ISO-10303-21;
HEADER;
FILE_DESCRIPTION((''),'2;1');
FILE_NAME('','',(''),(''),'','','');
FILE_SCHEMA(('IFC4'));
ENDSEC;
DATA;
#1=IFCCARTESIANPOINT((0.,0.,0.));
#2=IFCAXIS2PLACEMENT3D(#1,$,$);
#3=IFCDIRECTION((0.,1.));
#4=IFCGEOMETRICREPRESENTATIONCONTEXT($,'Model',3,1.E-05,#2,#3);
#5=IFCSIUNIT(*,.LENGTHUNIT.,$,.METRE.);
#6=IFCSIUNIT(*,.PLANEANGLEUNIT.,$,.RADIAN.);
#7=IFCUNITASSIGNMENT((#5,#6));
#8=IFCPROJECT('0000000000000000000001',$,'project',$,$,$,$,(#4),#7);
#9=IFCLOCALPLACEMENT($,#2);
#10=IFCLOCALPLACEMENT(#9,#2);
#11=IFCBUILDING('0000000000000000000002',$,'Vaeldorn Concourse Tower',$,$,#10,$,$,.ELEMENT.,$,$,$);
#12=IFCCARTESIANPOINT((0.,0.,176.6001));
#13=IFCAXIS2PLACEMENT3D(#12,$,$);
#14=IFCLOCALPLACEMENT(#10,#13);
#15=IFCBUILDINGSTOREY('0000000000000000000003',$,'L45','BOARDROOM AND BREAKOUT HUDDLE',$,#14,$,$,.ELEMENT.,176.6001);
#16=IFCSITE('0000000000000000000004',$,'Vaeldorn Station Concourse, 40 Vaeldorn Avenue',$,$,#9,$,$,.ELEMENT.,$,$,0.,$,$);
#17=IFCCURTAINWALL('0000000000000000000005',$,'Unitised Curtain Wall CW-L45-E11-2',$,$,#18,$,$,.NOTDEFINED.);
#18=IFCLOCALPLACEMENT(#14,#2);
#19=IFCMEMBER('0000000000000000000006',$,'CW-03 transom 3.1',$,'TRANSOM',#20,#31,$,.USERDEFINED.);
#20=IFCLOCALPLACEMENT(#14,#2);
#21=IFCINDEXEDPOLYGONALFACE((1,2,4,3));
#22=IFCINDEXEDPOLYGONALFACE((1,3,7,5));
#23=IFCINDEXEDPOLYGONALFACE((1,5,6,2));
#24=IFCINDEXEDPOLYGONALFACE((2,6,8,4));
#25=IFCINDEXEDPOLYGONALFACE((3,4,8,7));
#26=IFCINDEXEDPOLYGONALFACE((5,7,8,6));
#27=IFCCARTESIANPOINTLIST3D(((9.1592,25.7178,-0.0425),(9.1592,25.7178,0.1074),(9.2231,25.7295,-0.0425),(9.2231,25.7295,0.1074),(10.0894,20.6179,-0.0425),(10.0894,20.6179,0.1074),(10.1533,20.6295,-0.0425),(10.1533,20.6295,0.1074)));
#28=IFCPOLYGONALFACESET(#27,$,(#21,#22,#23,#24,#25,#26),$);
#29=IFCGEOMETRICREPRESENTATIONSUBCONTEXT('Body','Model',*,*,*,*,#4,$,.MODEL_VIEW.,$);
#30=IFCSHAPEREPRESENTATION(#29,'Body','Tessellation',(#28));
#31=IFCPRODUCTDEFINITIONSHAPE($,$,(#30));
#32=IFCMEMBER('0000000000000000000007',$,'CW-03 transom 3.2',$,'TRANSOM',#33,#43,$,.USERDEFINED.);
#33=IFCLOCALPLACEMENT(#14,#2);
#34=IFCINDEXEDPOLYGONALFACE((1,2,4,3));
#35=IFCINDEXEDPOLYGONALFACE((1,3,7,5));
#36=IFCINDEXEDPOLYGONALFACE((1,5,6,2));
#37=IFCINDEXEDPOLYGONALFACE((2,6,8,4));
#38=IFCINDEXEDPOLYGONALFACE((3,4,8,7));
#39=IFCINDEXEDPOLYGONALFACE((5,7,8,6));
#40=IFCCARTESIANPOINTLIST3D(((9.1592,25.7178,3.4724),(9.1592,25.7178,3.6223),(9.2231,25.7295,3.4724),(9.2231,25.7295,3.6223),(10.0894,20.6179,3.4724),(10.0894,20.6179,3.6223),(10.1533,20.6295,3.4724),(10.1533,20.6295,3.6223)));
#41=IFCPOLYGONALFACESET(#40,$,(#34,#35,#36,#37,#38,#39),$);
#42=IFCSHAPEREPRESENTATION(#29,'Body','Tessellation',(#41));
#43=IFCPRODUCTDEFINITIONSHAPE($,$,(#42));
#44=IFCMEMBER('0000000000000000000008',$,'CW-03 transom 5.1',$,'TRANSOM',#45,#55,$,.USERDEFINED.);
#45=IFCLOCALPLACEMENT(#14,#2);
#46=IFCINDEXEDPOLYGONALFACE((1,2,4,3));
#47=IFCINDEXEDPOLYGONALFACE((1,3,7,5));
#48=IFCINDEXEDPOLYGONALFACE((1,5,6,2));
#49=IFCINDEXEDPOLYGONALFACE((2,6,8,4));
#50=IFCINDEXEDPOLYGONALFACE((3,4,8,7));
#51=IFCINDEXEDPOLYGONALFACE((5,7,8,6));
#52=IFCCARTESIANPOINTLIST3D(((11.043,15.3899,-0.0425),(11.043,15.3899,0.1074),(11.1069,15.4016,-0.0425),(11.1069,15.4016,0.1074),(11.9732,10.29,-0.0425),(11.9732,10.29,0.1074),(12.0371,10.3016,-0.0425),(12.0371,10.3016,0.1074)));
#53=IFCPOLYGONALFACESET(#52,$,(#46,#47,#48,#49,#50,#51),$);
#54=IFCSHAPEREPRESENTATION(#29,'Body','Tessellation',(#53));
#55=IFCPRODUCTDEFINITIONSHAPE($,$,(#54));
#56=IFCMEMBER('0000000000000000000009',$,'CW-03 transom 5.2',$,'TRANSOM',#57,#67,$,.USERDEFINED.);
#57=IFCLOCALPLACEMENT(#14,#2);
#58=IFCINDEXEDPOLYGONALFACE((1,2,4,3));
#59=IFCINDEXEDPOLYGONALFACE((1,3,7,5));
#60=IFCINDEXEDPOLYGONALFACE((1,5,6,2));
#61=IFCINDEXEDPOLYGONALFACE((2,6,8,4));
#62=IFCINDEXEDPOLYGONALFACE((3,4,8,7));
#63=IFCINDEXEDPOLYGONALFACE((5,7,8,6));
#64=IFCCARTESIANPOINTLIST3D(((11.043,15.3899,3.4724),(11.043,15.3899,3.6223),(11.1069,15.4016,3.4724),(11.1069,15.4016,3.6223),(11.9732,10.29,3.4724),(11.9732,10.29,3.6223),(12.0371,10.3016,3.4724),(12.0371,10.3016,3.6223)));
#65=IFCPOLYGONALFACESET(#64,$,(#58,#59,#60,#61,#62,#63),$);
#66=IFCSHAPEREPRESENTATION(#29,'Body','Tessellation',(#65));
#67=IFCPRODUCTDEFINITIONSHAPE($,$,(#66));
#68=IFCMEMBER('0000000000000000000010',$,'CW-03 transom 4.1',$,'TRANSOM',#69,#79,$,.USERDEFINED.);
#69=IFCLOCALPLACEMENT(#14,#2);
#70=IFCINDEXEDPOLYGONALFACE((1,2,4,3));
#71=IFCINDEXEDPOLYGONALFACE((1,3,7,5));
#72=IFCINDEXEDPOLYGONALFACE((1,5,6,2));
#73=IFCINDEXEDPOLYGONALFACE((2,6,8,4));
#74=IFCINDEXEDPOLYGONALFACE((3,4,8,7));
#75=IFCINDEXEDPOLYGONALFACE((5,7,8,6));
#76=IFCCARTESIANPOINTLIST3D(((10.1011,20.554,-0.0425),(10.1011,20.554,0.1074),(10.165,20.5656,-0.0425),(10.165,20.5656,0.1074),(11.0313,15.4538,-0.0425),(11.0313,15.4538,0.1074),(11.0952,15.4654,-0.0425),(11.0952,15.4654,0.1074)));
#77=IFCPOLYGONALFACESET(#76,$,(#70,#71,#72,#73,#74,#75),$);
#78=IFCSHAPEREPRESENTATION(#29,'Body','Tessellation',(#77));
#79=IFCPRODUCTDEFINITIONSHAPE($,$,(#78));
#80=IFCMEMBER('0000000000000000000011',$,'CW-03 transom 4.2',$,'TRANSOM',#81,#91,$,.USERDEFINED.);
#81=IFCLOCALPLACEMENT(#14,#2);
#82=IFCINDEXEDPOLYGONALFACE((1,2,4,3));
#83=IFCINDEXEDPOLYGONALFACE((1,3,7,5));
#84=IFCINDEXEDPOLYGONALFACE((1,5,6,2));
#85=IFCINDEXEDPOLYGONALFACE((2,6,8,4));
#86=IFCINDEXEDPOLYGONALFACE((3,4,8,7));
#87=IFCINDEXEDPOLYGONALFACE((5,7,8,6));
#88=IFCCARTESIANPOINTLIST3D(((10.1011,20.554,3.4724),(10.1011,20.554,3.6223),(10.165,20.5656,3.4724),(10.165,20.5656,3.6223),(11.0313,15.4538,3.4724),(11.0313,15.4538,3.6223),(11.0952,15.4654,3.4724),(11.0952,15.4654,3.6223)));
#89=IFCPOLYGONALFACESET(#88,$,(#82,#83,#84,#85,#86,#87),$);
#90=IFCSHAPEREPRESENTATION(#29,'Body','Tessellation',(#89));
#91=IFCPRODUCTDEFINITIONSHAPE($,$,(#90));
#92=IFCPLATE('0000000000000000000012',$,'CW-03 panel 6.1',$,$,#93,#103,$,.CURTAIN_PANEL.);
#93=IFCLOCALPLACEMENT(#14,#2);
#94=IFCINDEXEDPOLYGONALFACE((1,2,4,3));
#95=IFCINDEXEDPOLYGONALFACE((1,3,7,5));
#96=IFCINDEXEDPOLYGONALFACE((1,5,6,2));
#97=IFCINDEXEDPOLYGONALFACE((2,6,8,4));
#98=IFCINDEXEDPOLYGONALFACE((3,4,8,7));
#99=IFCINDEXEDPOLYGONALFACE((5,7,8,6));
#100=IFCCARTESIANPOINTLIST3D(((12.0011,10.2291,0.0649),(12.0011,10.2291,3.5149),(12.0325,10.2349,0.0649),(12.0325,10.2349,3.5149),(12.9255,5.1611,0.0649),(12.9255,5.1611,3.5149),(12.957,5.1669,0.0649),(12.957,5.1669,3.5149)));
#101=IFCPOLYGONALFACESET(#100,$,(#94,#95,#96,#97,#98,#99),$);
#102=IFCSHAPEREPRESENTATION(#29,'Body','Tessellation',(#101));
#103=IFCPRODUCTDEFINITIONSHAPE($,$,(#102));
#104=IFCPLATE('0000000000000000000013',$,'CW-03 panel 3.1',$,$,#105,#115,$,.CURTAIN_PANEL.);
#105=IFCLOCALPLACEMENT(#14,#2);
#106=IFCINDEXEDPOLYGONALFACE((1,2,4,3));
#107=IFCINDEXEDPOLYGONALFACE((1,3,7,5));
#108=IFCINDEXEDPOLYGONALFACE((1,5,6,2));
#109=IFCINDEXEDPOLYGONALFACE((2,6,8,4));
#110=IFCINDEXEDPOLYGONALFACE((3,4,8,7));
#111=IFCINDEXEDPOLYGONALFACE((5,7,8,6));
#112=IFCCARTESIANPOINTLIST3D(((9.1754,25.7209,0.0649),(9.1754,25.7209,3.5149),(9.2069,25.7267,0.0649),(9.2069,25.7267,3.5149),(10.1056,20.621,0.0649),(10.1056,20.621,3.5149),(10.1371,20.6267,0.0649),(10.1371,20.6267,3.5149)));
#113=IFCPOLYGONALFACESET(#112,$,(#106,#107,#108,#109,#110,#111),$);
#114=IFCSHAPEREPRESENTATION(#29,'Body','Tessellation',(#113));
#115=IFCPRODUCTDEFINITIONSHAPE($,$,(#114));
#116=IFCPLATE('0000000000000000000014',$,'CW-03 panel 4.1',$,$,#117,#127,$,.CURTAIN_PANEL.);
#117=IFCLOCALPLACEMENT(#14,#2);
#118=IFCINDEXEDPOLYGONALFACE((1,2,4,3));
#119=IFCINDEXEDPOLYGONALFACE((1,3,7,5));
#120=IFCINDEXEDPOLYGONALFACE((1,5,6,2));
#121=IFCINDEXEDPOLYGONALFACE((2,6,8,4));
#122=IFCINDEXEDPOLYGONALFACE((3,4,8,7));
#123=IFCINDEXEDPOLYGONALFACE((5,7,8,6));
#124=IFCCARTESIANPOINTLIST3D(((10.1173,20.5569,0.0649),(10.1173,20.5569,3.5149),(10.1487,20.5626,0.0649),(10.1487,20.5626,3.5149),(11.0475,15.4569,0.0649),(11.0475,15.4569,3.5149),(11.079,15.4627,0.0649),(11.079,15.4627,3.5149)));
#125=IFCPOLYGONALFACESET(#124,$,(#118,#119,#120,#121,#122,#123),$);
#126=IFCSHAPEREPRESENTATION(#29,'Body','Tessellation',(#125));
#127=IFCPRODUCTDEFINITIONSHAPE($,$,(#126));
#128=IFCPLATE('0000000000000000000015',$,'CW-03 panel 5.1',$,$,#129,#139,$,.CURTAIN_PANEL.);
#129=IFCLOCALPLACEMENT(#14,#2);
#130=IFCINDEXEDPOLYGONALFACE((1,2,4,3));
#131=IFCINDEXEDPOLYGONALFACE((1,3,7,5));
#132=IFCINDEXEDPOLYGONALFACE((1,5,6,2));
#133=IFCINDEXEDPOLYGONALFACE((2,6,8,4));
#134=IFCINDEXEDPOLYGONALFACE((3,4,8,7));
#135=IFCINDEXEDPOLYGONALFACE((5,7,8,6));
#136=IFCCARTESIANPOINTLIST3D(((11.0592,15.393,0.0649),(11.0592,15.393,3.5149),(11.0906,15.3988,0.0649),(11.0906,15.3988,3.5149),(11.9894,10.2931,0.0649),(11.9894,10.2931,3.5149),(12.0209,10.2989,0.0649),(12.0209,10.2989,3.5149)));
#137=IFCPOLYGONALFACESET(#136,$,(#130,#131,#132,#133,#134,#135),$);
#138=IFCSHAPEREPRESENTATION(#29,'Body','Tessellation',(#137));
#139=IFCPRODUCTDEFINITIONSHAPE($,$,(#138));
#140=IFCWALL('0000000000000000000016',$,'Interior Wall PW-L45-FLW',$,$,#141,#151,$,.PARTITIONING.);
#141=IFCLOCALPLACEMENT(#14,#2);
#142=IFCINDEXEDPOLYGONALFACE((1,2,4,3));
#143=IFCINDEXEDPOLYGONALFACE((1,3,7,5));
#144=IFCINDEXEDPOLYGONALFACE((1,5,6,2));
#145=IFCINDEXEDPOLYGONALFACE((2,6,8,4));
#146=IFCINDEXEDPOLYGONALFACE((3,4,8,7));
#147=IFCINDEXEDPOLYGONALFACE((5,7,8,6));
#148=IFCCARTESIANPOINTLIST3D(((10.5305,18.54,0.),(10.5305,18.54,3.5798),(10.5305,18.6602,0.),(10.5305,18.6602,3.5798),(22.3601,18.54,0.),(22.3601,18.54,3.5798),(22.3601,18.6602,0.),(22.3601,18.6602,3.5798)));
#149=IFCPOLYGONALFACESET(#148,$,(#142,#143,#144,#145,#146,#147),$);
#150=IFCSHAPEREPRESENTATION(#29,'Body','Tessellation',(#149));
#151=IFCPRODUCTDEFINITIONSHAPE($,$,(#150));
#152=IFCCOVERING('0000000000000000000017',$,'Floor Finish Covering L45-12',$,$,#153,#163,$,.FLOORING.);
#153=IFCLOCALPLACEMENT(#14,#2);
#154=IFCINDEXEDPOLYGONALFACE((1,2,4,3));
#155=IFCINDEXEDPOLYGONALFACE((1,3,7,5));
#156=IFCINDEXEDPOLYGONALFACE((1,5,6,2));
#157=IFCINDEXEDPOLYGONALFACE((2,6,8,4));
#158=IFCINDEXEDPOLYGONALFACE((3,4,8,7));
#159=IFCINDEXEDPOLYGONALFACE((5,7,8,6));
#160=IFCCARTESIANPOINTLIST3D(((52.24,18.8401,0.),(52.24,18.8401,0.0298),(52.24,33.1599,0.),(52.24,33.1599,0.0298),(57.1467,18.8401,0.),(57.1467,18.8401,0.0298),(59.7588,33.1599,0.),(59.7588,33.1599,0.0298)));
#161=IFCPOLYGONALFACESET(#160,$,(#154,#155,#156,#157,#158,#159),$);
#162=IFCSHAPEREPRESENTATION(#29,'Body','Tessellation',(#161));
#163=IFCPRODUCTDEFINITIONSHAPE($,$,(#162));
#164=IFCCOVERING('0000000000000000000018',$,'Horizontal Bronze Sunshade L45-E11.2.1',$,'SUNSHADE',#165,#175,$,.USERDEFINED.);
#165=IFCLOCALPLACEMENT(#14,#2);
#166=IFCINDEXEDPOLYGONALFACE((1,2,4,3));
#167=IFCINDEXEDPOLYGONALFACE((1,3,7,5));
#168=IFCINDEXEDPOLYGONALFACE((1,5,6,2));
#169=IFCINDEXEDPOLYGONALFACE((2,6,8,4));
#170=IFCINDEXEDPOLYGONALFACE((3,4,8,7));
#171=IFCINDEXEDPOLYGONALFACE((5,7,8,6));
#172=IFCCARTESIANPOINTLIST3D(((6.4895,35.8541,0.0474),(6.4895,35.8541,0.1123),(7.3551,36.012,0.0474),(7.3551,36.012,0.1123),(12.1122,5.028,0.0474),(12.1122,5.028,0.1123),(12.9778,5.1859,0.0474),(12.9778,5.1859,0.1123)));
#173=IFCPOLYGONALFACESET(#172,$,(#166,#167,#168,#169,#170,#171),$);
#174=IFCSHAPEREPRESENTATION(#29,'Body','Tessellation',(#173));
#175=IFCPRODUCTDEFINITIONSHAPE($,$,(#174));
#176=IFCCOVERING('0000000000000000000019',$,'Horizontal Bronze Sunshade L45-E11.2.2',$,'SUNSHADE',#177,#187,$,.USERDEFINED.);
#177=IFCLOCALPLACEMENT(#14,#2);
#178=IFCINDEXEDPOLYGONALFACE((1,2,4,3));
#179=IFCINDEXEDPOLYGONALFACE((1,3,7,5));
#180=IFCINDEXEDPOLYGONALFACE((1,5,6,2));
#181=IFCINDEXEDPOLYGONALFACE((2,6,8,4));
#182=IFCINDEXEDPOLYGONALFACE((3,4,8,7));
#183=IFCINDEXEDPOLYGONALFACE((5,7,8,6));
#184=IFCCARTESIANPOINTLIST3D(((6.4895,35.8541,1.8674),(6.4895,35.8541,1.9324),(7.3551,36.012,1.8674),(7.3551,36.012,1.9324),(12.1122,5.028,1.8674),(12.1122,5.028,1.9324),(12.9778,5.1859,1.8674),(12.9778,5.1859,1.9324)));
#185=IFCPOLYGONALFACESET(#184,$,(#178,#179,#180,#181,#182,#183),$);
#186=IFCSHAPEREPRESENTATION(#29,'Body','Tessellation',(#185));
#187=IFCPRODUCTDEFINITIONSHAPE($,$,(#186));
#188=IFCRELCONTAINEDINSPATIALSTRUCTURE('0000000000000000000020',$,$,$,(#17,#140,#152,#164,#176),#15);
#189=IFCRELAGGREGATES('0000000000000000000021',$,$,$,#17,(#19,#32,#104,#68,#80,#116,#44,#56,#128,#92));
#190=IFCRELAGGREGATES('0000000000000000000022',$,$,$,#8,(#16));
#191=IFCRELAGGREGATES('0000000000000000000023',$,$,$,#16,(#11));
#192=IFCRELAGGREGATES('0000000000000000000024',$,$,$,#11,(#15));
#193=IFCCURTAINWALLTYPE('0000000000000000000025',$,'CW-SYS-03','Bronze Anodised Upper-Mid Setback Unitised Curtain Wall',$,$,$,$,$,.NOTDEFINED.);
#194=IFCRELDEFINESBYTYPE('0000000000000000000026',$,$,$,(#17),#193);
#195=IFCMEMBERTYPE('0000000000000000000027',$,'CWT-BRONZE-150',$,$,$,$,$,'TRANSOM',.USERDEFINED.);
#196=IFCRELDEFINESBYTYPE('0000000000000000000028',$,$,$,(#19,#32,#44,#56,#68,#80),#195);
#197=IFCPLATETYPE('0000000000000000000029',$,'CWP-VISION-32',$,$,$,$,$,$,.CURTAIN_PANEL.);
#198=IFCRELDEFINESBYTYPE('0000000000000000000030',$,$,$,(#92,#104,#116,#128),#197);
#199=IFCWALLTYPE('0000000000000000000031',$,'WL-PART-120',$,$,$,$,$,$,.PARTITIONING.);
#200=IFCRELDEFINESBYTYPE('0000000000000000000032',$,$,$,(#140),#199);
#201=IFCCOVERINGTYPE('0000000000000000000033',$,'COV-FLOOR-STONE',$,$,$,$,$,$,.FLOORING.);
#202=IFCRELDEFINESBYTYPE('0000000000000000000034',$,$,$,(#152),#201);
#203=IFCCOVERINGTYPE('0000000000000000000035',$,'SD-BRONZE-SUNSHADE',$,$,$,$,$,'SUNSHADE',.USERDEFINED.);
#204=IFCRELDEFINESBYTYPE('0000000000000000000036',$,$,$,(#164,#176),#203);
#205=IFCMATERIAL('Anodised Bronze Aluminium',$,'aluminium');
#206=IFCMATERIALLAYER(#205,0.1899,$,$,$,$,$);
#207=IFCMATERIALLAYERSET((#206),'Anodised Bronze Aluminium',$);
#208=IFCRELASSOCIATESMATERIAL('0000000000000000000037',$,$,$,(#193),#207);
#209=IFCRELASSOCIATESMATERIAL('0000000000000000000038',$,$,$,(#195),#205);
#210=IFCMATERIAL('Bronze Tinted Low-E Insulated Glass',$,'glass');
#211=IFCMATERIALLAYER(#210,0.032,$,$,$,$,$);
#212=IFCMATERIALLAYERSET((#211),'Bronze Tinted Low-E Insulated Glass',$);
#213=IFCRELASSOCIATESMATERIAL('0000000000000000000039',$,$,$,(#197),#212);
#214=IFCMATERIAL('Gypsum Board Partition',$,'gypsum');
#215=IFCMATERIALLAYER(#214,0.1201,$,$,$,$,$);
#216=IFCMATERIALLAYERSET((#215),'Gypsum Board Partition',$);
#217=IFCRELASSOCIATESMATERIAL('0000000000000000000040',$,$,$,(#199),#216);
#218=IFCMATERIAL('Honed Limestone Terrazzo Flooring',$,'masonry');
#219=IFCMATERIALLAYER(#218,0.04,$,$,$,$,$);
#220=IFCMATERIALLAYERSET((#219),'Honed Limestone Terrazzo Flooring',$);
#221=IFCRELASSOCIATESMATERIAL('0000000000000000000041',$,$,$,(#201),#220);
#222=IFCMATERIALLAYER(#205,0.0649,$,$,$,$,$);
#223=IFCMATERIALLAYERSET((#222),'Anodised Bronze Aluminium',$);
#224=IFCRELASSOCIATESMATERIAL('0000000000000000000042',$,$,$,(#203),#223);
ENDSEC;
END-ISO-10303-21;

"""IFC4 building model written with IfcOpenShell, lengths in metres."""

from ifc_helpers import new_model, si_unit, direction, frame, frame_2d, origin, origin_2d, place, context, subcontext, project, spatial, polyline, rectangle, outline, extrude, source, transform, mapped, material, layer, layer_set, material_profile, profile_set, type_object, element, aggregate, save


model = new_model("IFC4")

# Units and contexts
model_context = context("Model", 3, precision=1e-05, world=origin(), true_north=direction((0.0, 1.0)))
body_context = subcontext(model_context, "Body", "Model", "MODEL_VIEW")
ifc_project = project(units=[si_unit("LENGTHUNIT", "METRE"), si_unit("PLANEANGLEUNIT", "RADIAN")], contexts=[model_context])

# Site, building, storey
site_placement = place(None, origin())
site = spatial("IfcSite", under=ifc_project, at=site_placement, Name="Vaeldorn Station Concourse, 40 Vaeldorn Avenue", CompositionType="ELEMENT", RefElevation=0.0)
building_placement = place(site_placement, origin())
building = spatial("IfcBuilding", under=site, at=building_placement, Name="Vaeldorn Concourse Tower", CompositionType="ELEMENT")
storey_placement = place(building_placement, frame((0.0, 0.0, 176.6001)))
storey = spatial("IfcBuildingStorey", under=building, at=storey_placement, Name="L45", Description="BOARDROOM AND BREAKOUT HUDDLE", CompositionType="ELEMENT", Elevation=176.6001)

# Curtain wall, members, plates
ifc_material_1 = material(Name="Anodised Bronze Aluminium", Category="aluminium")
ifc_layer_1 = layer(ifc_material_1, 0.1899)
ifc_layer_set_1 = layer_set([ifc_layer_1], Name="Anodised Bronze Aluminium")
curtain_wall_type = type_object("IfcCurtainWallType", Name="CW-SYS-03", Description="Bronze Anodised Upper-Mid Setback Unitised Curtain Wall", PredefinedType="NOTDEFINED", material=ifc_layer_set_1)
curtain_wall_placement = place(storey_placement, origin())
curtain_wall = element("IfcCurtainWall", 1, at=curtain_wall_placement, inside=storey, type_object=curtain_wall_type, Name="Unitised Curtain Wall CW-L45-E11-2", PredefinedType="NOTDEFINED")
ifc_material_profile_1 = material_profile(ifc_material_1, rectangle(XDim=0.0649, YDim=0.1499, at=origin_2d()), Name="CWT 65x150")
ifc_profile_set_1 = profile_set([ifc_material_profile_1], Name="Anodised Bronze Aluminium")
member_type_1 = type_object("IfcMemberType", Name="CWT-BRONZE-150", ElementType="TRANSOM", PredefinedType="USERDEFINED", material=ifc_profile_set_1)
shared_shape_1 = source(origin(), body_context, "Body", "SweptSolid", [
    extrude(rectangle(XDim=0.0649, YDim=0.1499, at=origin_2d()), origin(), (0.0, 0.0, 1.0), 5.1841),
])
member_1_placement = place(storey_placement, frame((9.1912, 25.7236, 0.0325), z_axis=(0.179432, -0.98377, 0.0), x_axis=(0.98377, 0.179432, 0.0)))
member_1 = element("IfcMember", 2, at=member_1_placement, type_object=member_type_1, Name="CW-03 transom 3.1", ObjectType="TRANSOM", PredefinedType="USERDEFINED", context=body_context, shape_type="MappedRepresentation", body=[
    mapped(shared_shape_1, transform((0.0, 0.0, 0.0), scale=1.0)),
])
member_2_placement = place(storey_placement, frame((9.1912, 25.7236, 3.5474), z_axis=(0.179432, -0.98377, 0.0), x_axis=(0.98377, 0.179432, 0.0)))
member_2 = element("IfcMember", 3, at=member_2_placement, type_object=member_type_1, Name="CW-03 transom 3.2", ObjectType="TRANSOM", PredefinedType="USERDEFINED", context=body_context, shape_type="MappedRepresentation", body=[
    mapped(shared_shape_1, transform((0.0, 0.0, 0.0), scale=1.0)),
])
member_3_placement = place(storey_placement, frame((11.075, 15.3958, 0.0325), z_axis=(0.179432, -0.98377, 0.0), x_axis=(0.98377, 0.179432, 0.0)))
member_3 = element("IfcMember", 4, at=member_3_placement, type_object=member_type_1, Name="CW-03 transom 5.1", ObjectType="TRANSOM", PredefinedType="USERDEFINED", context=body_context, shape_type="MappedRepresentation", body=[
    mapped(shared_shape_1, transform((0.0, 0.0, 0.0), scale=1.0)),
])
member_4_placement = place(storey_placement, frame((11.075, 15.3958, 3.5474), z_axis=(0.179432, -0.98377, 0.0), x_axis=(0.98377, 0.179432, 0.0)))
member_4 = element("IfcMember", 5, at=member_4_placement, type_object=member_type_1, Name="CW-03 transom 5.2", ObjectType="TRANSOM", PredefinedType="USERDEFINED", context=body_context, shape_type="MappedRepresentation", body=[
    mapped(shared_shape_1, transform((0.0, 0.0, 0.0), scale=1.0)),
])
shared_shape_2 = source(origin(), body_context, "Body", "SweptSolid", [
    extrude(rectangle(XDim=0.0649, YDim=0.1499, at=origin_2d()), origin(), (0.0, 0.0, 1.0), 5.1843),
])
member_5_placement = place(storey_placement, frame((10.1331, 20.5598, 0.0325), z_axis=(0.179424, -0.983772, 0.0), x_axis=(0.983772, 0.179424, 0.0)))
member_5 = element("IfcMember", 6, at=member_5_placement, type_object=member_type_1, Name="CW-03 transom 4.1", ObjectType="TRANSOM", PredefinedType="USERDEFINED", context=body_context, shape_type="MappedRepresentation", body=[
    mapped(shared_shape_2, transform((0.0, 0.0, 0.0), scale=1.0)),
])
member_6_placement = place(storey_placement, frame((10.1331, 20.5598, 3.5474), z_axis=(0.179424, -0.983772, 0.0), x_axis=(0.983772, 0.179424, 0.0)))
member_6 = element("IfcMember", 7, at=member_6_placement, type_object=member_type_1, Name="CW-03 transom 4.2", ObjectType="TRANSOM", PredefinedType="USERDEFINED", context=body_context, shape_type="MappedRepresentation", body=[
    mapped(shared_shape_2, transform((0.0, 0.0, 0.0), scale=1.0)),
])
ifc_material_2 = material(Name="Bronze Tinted Low-E Insulated Glass", Category="glass")
ifc_layer_2 = layer(ifc_material_2, 0.032)
ifc_layer_set_2 = layer_set([ifc_layer_2], Name="Bronze Tinted Low-E Insulated Glass")
plate_type = type_object("IfcPlateType", Name="CWP-VISION-32", PredefinedType="CURTAIN_PANEL", material=ifc_layer_set_2)
shared_shape_3 = source(origin(), body_context, "Body", "SweptSolid", [
    extrude(rectangle(XDim=5.1516, YDim=0.032, at=origin_2d()), origin(), (0.0, 0.0, 1.0), 3.45),
])
plate_1_placement = place(storey_placement, frame((12.479, 7.698, 0.0649), z_axis=(0.0, 0.0, 1.0), x_axis=(0.179446, -0.983768, 0.0)))
plate_1 = element("IfcPlate", 8, at=plate_1_placement, type_object=plate_type, Name="CW-03 panel 6.1", PredefinedType="CURTAIN_PANEL", context=body_context, shape_type="MappedRepresentation", body=[
    mapped(shared_shape_3, transform((0.0, 0.0, 0.0), scale=1.0)),
])
shared_shape_4 = source(origin(), body_context, "Body", "SweptSolid", [
    extrude(rectangle(XDim=5.1841, YDim=0.032, at=origin_2d()), origin(), (0.0, 0.0, 1.0), 3.45),
])
plate_2_placement = place(storey_placement, frame((9.6562, 23.1738, 0.0649), z_axis=(0.0, 0.0, 1.0), x_axis=(0.179446, -0.983768, 0.0)))
plate_2 = element("IfcPlate", 9, at=plate_2_placement, type_object=plate_type, Name="CW-03 panel 3.1", PredefinedType="CURTAIN_PANEL", context=body_context, shape_type="MappedRepresentation", body=[
    mapped(shared_shape_4, transform((0.0, 0.0, 0.0), scale=1.0)),
])
plate_3_placement = place(storey_placement, frame((10.5981, 18.0098, 0.0649), z_axis=(0.0, 0.0, 1.0), x_axis=(0.179446, -0.983768, 0.0)))
plate_3 = element("IfcPlate", 10, at=plate_3_placement, type_object=plate_type, Name="CW-03 panel 4.1", PredefinedType="CURTAIN_PANEL", context=body_context, shape_type="MappedRepresentation", body=[
    mapped(shared_shape_4, transform((0.0, 0.0, 0.0), scale=1.0)),
])
plate_4_placement = place(storey_placement, frame((11.54, 12.8459, 0.0649), z_axis=(0.0, 0.0, 1.0), x_axis=(0.179446, -0.983768, 0.0)))
plate_4 = element("IfcPlate", 11, at=plate_4_placement, type_object=plate_type, Name="CW-03 panel 5.1", PredefinedType="CURTAIN_PANEL", context=body_context, shape_type="MappedRepresentation", body=[
    mapped(shared_shape_4, transform((0.0, 0.0, 0.0), scale=1.0)),
])
aggregate(curtain_wall, [member_1, member_2, plate_2, member_5, member_6, plate_3, member_3, member_4, plate_4, plate_1])

# Wall
ifc_material_3 = material(Name="Gypsum Board Partition", Category="gypsum")
ifc_layer_3 = layer(ifc_material_3, 0.1201)
ifc_layer_set_3 = layer_set([ifc_layer_3], Name="Gypsum Board Partition")
wall_type = type_object("IfcWallType", Name="WL-PART-120", PredefinedType="PARTITIONING", material=ifc_layer_set_3)
wall_placement = place(storey_placement, frame((10.5305, 18.6001, 0.0), z_axis=(0.0, 0.0, 1.0), x_axis=(1.0, 0.0, 0.0)))
element("IfcWall", 12, at=wall_placement, inside=storey, type_object=wall_type, Name="Interior Wall PW-L45-FLW", PredefinedType="PARTITIONING", context=body_context, shape_type="SweptSolid", body=[
    extrude(rectangle(XDim=11.8296, YDim=0.1201, at=frame_2d((5.9148, 0.0))), origin(), (0.0, 0.0, 1.0), 3.5798),
])

# Coverings
ifc_material_4 = material(Name="Honed Limestone Terrazzo Flooring", Category="masonry")
ifc_layer_4 = layer(ifc_material_4, 0.04)
ifc_layer_set_4 = layer_set([ifc_layer_4], Name="Honed Limestone Terrazzo Flooring")
covering_type_1 = type_object("IfcCoveringType", Name="COV-FLOOR-STONE", PredefinedType="FLOORING", material=ifc_layer_set_4)
covering_placement = place(storey_placement, origin())
element("IfcCovering", 13, at=covering_placement, inside=storey, type_object=covering_type_1, Name="Floor Finish Covering L45-12", PredefinedType="FLOORING", context=body_context, shape_type="SweptSolid", body=[
    extrude(outline(polyline([(52.24, 18.8401), (52.24, 33.1599), (59.7588, 33.1599), (57.1467, 18.8401), (52.24, 18.8401)])), origin(), (0.0, 0.0, 1.0), 0.0298),
])
ifc_layer_5 = layer(ifc_material_1, 0.0649)
ifc_layer_set_5 = layer_set([ifc_layer_5], Name="Anodised Bronze Aluminium")
covering_type_2 = type_object("IfcCoveringType", Name="SD-BRONZE-SUNSHADE", ElementType="SUNSHADE", PredefinedType="USERDEFINED", material=ifc_layer_set_5)
shared_shape_5 = source(origin(), body_context, "Body", "SweptSolid", [
    extrude(rectangle(XDim=31.3347, YDim=0.8799, at=origin_2d()), origin(), (0.0, 0.0, 1.0), 0.0649),
])
for number, where, z_axis, x_axis, name in (
    (14, (9.7336, 20.52, 0.0474), (0.0, 0.0, 1.0), (0.179438, -0.983769, 0.0), "Horizontal Bronze Sunshade L45-E11.2.1"),
    (15, (9.7336, 20.52, 1.8674), (0.0, 0.0, 1.0), (0.179438, -0.983769, 0.0), "Horizontal Bronze Sunshade L45-E11.2.2"),
):
    element("IfcCovering", number, at=place(storey_placement, frame(where, z_axis=z_axis, x_axis=x_axis)), inside=storey, type_object=covering_type_2, Name=name, ObjectType="SUNSHADE", PredefinedType="USERDEFINED", context=body_context, shape_type="MappedRepresentation", body=[
        mapped(shared_shape_5, transform((0.0, 0.0, 0.0), scale=1.0)),
    ])

save(model, "model.ifc")
